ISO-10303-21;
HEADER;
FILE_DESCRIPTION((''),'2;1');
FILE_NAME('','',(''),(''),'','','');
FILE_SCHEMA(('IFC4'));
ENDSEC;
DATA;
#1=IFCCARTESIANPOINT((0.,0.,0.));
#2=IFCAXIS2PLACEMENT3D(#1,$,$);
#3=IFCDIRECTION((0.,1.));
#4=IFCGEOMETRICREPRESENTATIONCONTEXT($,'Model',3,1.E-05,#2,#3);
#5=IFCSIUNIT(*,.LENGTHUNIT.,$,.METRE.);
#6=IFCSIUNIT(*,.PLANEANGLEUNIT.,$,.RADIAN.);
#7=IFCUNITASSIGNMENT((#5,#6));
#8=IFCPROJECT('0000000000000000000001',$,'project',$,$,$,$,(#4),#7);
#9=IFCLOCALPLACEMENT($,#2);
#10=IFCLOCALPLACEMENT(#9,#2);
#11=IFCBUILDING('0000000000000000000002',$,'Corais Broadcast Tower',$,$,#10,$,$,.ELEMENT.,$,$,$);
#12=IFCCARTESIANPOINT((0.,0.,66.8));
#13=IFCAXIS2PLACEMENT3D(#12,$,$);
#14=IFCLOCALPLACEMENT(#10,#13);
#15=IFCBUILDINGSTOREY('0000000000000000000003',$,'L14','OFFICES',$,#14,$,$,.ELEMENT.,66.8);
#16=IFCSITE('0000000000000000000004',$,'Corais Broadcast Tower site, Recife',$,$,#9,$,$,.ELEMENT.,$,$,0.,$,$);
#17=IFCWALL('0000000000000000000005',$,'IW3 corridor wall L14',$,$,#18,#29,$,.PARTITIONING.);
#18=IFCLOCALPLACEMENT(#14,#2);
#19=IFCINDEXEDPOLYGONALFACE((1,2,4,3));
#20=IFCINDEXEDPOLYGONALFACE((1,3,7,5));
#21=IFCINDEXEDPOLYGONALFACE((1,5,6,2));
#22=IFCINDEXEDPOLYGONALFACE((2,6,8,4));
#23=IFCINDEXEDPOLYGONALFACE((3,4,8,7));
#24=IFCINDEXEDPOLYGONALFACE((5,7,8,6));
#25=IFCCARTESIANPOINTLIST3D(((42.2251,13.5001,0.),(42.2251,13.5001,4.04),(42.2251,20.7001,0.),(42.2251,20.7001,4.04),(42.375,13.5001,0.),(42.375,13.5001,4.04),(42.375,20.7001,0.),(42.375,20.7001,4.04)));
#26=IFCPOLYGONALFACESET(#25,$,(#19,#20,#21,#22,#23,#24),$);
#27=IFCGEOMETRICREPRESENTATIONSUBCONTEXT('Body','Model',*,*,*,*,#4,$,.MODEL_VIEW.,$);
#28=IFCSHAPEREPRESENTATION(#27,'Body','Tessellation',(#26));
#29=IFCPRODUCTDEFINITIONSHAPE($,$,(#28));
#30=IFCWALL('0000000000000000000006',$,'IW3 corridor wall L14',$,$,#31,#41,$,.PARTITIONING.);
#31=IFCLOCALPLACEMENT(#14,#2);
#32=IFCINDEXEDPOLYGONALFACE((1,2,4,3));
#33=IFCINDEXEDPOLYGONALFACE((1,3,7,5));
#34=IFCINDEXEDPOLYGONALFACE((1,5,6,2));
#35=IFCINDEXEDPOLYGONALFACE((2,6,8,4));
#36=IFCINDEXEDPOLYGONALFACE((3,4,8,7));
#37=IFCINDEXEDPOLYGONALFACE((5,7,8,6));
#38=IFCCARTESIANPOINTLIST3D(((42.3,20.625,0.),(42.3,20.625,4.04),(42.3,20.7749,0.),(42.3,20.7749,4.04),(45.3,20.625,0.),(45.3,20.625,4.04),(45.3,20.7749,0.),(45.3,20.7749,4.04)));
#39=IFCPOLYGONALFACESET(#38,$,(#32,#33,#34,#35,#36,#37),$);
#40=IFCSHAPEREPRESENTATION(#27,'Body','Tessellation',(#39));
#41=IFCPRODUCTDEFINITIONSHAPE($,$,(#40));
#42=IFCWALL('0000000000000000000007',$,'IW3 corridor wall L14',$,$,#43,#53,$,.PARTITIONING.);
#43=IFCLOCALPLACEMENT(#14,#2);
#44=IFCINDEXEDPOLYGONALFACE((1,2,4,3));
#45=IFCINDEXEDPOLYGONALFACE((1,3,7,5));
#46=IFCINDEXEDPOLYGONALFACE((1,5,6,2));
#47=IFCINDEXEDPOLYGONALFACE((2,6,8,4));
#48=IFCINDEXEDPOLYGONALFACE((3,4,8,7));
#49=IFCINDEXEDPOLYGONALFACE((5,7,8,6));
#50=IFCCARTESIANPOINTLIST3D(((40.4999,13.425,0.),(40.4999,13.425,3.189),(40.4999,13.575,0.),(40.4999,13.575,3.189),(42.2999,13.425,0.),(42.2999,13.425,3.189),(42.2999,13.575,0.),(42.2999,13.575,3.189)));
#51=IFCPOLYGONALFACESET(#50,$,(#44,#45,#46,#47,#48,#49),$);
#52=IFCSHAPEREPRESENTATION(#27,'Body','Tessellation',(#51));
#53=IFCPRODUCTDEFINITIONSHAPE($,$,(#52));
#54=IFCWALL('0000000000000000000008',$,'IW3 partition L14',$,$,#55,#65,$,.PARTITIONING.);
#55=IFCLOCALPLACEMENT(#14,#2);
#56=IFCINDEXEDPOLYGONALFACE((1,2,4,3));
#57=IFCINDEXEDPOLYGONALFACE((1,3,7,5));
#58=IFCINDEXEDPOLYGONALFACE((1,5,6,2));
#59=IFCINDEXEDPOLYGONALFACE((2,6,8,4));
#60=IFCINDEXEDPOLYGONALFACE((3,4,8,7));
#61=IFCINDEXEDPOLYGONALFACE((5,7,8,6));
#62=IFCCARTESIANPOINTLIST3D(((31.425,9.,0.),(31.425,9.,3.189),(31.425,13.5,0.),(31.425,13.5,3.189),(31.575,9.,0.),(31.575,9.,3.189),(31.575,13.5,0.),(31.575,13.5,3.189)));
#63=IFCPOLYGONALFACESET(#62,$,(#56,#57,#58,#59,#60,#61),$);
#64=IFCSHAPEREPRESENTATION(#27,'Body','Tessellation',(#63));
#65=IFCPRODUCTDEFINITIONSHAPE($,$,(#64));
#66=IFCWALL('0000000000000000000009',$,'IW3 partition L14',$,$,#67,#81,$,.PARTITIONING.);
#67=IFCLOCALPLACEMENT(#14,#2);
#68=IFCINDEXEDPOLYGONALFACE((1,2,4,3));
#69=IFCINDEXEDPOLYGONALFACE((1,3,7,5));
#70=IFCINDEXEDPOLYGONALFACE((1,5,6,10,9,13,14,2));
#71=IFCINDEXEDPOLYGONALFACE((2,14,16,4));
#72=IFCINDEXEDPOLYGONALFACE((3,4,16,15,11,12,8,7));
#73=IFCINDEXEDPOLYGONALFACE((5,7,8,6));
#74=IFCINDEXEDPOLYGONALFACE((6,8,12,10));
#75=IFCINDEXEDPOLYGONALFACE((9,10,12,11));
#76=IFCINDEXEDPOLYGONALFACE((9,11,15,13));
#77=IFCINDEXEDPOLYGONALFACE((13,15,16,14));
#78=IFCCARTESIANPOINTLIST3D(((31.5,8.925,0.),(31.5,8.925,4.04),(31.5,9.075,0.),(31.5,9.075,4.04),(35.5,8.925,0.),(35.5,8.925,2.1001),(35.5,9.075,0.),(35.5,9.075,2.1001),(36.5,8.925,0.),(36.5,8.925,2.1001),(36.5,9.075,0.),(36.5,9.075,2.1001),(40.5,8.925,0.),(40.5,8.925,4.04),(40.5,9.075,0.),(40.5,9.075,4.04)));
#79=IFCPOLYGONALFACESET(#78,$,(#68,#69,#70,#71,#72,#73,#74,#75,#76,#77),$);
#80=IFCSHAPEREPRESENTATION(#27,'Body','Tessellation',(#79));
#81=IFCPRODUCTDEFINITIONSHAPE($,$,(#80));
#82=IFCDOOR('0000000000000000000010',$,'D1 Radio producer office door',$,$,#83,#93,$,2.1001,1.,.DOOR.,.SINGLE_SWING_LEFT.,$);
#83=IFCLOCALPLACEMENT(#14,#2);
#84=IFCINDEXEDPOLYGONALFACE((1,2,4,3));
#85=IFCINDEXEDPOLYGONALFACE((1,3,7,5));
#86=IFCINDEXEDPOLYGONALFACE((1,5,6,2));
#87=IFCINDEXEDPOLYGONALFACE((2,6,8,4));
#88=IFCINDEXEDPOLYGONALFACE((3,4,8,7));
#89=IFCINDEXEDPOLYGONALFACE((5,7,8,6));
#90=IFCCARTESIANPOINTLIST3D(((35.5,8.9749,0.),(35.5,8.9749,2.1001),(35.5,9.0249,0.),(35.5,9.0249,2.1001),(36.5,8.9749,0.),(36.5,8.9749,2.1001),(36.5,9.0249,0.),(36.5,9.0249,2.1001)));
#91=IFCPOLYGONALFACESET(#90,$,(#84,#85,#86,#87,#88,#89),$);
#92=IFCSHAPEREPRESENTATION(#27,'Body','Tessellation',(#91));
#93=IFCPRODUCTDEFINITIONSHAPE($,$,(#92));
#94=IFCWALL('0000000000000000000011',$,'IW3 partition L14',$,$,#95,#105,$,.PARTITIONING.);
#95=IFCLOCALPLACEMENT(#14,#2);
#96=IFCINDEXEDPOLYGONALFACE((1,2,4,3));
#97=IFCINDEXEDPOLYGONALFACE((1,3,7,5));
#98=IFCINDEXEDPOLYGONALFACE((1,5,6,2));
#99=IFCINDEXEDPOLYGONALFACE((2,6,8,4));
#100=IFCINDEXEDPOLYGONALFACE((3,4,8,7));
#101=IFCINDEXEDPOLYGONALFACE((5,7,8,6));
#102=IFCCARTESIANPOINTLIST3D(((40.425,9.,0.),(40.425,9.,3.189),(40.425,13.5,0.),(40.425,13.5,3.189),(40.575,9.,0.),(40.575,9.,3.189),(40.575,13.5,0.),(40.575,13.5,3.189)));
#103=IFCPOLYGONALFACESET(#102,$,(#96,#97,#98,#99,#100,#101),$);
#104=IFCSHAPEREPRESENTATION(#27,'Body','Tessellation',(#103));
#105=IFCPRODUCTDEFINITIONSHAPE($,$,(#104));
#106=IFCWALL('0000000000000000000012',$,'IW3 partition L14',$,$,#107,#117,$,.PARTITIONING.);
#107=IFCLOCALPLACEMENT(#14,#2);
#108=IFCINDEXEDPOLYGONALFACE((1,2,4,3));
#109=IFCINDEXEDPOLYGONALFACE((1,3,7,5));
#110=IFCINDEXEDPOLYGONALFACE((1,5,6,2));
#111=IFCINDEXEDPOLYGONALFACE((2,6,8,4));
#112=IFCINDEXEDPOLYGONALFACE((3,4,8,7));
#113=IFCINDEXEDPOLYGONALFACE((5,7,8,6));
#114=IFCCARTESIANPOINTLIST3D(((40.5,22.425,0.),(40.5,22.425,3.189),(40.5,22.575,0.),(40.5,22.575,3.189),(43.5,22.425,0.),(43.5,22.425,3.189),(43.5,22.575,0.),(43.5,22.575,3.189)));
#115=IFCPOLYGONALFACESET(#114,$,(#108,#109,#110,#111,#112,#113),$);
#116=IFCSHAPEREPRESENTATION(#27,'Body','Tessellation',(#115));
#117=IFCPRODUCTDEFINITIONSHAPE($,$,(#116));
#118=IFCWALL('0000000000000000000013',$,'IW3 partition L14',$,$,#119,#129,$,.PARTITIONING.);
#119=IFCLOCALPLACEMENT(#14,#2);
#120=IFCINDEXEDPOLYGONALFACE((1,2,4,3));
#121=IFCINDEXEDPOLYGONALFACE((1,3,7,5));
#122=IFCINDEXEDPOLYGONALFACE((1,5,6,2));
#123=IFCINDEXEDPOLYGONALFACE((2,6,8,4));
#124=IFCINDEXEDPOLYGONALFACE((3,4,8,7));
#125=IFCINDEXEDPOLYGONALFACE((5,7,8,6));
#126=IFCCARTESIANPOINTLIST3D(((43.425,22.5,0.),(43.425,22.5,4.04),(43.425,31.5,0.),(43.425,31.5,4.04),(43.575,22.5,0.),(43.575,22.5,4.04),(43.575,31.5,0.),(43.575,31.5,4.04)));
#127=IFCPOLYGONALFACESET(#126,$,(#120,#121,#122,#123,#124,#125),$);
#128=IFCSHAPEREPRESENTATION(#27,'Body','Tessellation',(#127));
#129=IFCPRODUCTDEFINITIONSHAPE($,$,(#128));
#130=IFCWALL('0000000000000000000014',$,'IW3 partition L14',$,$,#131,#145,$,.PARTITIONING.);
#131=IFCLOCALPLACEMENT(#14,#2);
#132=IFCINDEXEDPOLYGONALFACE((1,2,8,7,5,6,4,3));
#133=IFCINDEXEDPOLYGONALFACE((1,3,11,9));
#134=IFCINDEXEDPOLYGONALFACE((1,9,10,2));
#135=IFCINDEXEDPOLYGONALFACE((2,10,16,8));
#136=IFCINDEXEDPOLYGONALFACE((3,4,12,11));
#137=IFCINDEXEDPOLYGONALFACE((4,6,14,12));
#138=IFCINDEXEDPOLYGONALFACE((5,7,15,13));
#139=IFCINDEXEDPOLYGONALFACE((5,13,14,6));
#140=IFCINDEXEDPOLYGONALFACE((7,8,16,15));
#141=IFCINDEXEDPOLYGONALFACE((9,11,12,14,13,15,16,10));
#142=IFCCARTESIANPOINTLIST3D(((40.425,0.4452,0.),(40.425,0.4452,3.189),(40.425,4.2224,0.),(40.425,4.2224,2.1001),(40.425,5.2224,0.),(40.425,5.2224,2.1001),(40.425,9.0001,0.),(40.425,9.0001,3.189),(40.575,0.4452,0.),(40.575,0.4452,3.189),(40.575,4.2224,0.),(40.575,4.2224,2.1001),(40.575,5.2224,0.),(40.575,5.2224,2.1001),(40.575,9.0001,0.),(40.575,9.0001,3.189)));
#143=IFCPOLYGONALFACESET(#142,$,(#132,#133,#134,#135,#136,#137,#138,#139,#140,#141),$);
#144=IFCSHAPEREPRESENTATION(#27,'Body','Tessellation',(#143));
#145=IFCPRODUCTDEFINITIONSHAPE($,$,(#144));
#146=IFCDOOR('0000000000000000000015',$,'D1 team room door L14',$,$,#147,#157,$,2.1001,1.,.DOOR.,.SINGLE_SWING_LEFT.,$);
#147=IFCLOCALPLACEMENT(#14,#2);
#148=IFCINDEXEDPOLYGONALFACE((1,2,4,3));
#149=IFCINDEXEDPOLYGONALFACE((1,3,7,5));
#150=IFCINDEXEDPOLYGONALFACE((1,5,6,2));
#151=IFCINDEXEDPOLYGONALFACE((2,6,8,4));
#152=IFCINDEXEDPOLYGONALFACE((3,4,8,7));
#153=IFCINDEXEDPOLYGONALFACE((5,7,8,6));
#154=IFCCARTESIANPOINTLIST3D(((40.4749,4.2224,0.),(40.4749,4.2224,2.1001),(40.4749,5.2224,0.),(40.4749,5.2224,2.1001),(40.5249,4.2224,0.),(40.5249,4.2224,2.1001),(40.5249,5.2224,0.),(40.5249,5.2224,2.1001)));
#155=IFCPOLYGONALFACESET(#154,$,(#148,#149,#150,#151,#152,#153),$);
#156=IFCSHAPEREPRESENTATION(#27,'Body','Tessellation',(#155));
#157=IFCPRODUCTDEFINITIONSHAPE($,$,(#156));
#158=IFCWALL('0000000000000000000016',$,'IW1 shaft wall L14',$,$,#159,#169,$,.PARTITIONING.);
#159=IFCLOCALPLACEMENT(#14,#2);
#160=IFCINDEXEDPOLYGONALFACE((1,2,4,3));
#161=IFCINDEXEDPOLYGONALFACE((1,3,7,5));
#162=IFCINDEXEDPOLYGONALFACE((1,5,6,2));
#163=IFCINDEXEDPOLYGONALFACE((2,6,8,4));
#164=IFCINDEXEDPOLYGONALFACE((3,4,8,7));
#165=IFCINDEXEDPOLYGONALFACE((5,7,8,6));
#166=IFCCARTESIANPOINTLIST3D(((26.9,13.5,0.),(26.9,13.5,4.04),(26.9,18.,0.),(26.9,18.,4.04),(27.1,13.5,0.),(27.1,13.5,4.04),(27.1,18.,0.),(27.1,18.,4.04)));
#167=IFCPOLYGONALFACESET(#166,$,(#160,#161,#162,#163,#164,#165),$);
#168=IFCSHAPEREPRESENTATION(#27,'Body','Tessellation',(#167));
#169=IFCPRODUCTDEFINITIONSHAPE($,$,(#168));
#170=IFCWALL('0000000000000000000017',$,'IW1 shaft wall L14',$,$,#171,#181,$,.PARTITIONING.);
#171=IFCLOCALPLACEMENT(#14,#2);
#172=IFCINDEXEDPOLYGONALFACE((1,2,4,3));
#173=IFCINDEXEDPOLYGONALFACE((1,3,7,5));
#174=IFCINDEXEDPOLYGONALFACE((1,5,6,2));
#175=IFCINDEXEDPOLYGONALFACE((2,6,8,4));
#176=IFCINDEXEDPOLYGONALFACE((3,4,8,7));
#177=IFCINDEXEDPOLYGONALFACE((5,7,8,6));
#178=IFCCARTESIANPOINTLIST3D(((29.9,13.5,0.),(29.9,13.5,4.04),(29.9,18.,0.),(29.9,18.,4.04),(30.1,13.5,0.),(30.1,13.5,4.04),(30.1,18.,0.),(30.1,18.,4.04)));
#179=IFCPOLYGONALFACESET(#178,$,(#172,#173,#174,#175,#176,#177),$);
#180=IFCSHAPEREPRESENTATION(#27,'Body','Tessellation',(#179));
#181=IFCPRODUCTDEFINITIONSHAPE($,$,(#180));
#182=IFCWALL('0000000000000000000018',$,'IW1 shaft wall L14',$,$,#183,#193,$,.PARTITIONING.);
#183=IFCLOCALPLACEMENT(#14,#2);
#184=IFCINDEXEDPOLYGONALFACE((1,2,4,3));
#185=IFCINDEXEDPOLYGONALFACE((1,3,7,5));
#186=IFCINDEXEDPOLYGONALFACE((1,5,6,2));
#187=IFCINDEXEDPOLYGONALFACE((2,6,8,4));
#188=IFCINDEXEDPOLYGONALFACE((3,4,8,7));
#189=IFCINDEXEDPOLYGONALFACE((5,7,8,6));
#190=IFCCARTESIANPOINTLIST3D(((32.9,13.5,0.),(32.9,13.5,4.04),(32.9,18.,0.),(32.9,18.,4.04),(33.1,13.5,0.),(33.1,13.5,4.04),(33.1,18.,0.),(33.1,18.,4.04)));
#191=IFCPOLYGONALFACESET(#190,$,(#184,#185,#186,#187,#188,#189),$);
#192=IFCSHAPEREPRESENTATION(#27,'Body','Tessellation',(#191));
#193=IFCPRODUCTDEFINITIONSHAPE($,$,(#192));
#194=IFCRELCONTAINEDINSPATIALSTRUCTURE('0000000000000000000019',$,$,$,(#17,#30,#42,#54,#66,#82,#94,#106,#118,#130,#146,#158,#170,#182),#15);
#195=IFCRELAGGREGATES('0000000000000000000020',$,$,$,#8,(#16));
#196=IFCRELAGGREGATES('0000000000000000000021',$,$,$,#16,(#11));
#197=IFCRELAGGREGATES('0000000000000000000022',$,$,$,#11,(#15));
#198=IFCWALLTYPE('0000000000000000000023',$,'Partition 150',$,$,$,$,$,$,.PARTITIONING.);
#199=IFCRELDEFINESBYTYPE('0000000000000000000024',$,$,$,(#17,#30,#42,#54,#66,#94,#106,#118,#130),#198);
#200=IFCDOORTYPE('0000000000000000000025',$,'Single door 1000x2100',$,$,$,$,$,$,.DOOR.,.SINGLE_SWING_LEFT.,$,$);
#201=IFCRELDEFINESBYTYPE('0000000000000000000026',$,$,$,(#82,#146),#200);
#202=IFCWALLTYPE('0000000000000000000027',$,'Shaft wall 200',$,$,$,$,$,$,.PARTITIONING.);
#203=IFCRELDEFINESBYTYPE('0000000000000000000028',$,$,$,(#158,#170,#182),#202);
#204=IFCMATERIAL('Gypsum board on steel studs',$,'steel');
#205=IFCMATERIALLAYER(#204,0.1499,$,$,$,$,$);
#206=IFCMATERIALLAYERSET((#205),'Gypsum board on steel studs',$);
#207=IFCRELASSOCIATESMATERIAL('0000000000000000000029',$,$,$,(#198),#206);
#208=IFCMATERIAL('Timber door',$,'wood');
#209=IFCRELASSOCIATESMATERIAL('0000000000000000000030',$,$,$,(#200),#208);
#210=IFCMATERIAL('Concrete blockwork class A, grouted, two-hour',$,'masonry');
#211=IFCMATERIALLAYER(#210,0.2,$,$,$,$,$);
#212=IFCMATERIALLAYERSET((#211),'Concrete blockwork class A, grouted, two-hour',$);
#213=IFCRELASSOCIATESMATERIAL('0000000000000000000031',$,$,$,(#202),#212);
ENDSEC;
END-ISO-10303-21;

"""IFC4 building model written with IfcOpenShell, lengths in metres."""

from ifc_helpers import new_model, si_unit, direction, frame, frame_2d, origin, place, context, subcontext, project, spatial, rectangle, extrude, material, layer, layer_set, type_object, element, fill, save


model = new_model("IFC4")

# Units and contexts
model_context = context("Model", 3, precision=1e-05, world=origin(), true_north=direction((0.0, 1.0)))
body_context = subcontext(model_context, "Body", "Model", "MODEL_VIEW")
ifc_project = project(units=[si_unit("LENGTHUNIT", "METRE"), si_unit("PLANEANGLEUNIT", "RADIAN")], contexts=[model_context])

# Site, building, storey
site_placement = place(None, origin())
site = spatial("IfcSite", under=ifc_project, at=site_placement, Name="Corais Broadcast Tower site, Recife", CompositionType="ELEMENT", RefElevation=0.0)
building_placement = place(site_placement, origin())
building = spatial("IfcBuilding", under=site, at=building_placement, Name="Corais Broadcast Tower", CompositionType="ELEMENT")
storey_placement = place(building_placement, frame((0.0, 0.0, 66.8)))
storey = spatial("IfcBuildingStorey", under=building, at=storey_placement, Name="L14", Description="OFFICES", CompositionType="ELEMENT", Elevation=66.8)

# Walls
ifc_material_1 = material(Name="Gypsum board on steel studs", Category="steel")
ifc_layer_1 = layer(ifc_material_1, 0.1499)
ifc_layer_set_1 = layer_set([ifc_layer_1], Name="Gypsum board on steel studs")
wall_type_1 = type_object("IfcWallType", Name="Partition 150", PredefinedType="PARTITIONING", material=ifc_layer_set_1)
wall_1_placement = place(storey_placement, frame((42.3, 13.5, 0.0), z_axis=(0.0, 0.0, 1.0), x_axis=(0.0, 1.0, 0.0)))
element("IfcWall", 1, at=wall_1_placement, inside=storey, type_object=wall_type_1, Name="IW3 corridor wall L14", PredefinedType="PARTITIONING", context=body_context, shape_type="SweptSolid", body=[
    extrude(rectangle(XDim=7.2, YDim=0.1499, at=frame_2d((3.6001, 0.0))), origin(), (0.0, 0.0, 1.0), 4.04),
])
wall_2_placement = place(storey_placement, frame((42.3, 20.7, 0.0), z_axis=(0.0, 0.0, 1.0), x_axis=(1.0, 0.0, 0.0)))
element("IfcWall", 2, at=wall_2_placement, inside=storey, type_object=wall_type_1, Name="IW3 corridor wall L14", PredefinedType="PARTITIONING", context=body_context, shape_type="SweptSolid", body=[
    extrude(rectangle(XDim=3.0, YDim=0.1499, at=frame_2d((1.5, 0.0))), origin(), (0.0, 0.0, 1.0), 4.04),
])
wall_3_placement = place(storey_placement, frame((40.5, 13.5, 0.0), z_axis=(0.0, 0.0, 1.0), x_axis=(1.0, 0.0, 0.0)))
element("IfcWall", 3, at=wall_3_placement, inside=storey, type_object=wall_type_1, Name="IW3 corridor wall L14", PredefinedType="PARTITIONING", context=body_context, shape_type="SweptSolid", body=[
    extrude(rectangle(XDim=1.8, YDim=0.1499, at=frame_2d((0.8999, 0.0))), origin(), (0.0, 0.0, 1.0), 3.189),
])
wall_4_placement = place(storey_placement, frame((31.5, 9.0, 0.0), z_axis=(0.0, 0.0, 1.0), x_axis=(0.0, 1.0, 0.0)))
element("IfcWall", 4, at=wall_4_placement, inside=storey, type_object=wall_type_1, Name="IW3 partition L14", PredefinedType="PARTITIONING", context=body_context, shape_type="SweptSolid", body=[
    extrude(rectangle(XDim=4.5, YDim=0.1499, at=frame_2d((2.25, 0.0))), origin(), (0.0, 0.0, 1.0), 3.189),
])

# Wall, opening, door
wall_5_placement = place(storey_placement, frame((31.5, 9.0, 0.0), z_axis=(0.0, 0.0, 1.0), x_axis=(1.0, 0.0, 0.0)))
wall_5 = element("IfcWall", 5, at=wall_5_placement, inside=storey, type_object=wall_type_1, Name="IW3 partition L14", PredefinedType="PARTITIONING", context=body_context, shape_type="SweptSolid", body=[
    extrude(rectangle(XDim=9.0, YDim=0.1499, at=frame_2d((4.5, 0.0))), origin(), (0.0, 0.0, 1.0), 4.04),
])
opening_1_placement = place(wall_5_placement, frame((4.0, 0.0, 0.0)))
opening_1 = element("IfcOpeningElement", 6, at=opening_1_placement, cuts=wall_5, PredefinedType="OPENING", context=body_context, shape_type="SweptSolid", body=[
    extrude(rectangle(XDim=1.0, YDim=2.1001, at=frame_2d((0.5, 1.05))), frame((0.0, 0.085, 0.0), z_axis=(0.0, -1.0, 0.0), x_axis=(1.0, 0.0, 0.0)), (0.0, 0.0, 1.0), 0.1699),
])
ifc_material_2 = material(Name="Timber door", Category="wood")
door_type_1 = type_object("IfcDoorType", Name="Single door 1000x2100", OperationType="SINGLE_SWING_LEFT", PredefinedType="DOOR", material=ifc_material_2)
door_1_placement = place(opening_1_placement, origin())
door_1 = element("IfcDoor", 7, at=door_1_placement, inside=storey, type_object=door_type_1, Name="D1 Radio producer office door", OperationType="SINGLE_SWING_LEFT", OverallHeight=2.1001, OverallWidth=1.0, PredefinedType="DOOR", context=body_context, shape_type="SweptSolid", body=[
    extrude(rectangle(XDim=1.0, YDim=2.1001, at=frame_2d((0.5, 1.05))), frame((0.0, 0.0249, 0.0), z_axis=(0.0, -1.0, 0.0), x_axis=(1.0, 0.0, 0.0)), (0.0, 0.0, 1.0), 0.05),
])
fill(opening_1, door_1)

# Walls
wall_6_placement = place(storey_placement, frame((40.5, 9.0, 0.0), z_axis=(0.0, 0.0, 1.0), x_axis=(0.0, 1.0, 0.0)))
element("IfcWall", 8, at=wall_6_placement, inside=storey, type_object=wall_type_1, Name="IW3 partition L14", PredefinedType="PARTITIONING", context=body_context, shape_type="SweptSolid", body=[
    extrude(rectangle(XDim=4.5, YDim=0.1499, at=frame_2d((2.25, 0.0))), origin(), (0.0, 0.0, 1.0), 3.189),
])
wall_7_placement = place(storey_placement, frame((40.5, 22.5, 0.0), z_axis=(0.0, 0.0, 1.0), x_axis=(1.0, 0.0, 0.0)))
element("IfcWall", 9, at=wall_7_placement, inside=storey, type_object=wall_type_1, Name="IW3 partition L14", PredefinedType="PARTITIONING", context=body_context, shape_type="SweptSolid", body=[
    extrude(rectangle(XDim=3.0, YDim=0.1499, at=frame_2d((1.5, 0.0))), origin(), (0.0, 0.0, 1.0), 3.189),
])
wall_8_placement = place(storey_placement, frame((43.5, 22.5, 0.0), z_axis=(0.0, 0.0, 1.0), x_axis=(0.0, 1.0, 0.0)))
element("IfcWall", 10, at=wall_8_placement, inside=storey, type_object=wall_type_1, Name="IW3 partition L14", PredefinedType="PARTITIONING", context=body_context, shape_type="SweptSolid", body=[
    extrude(rectangle(XDim=9.0, YDim=0.1499, at=frame_2d((4.5, 0.0))), origin(), (0.0, 0.0, 1.0), 4.04),
])

# Wall, opening, door
wall_9_placement = place(storey_placement, frame((40.5, 9.0, 0.0), z_axis=(0.0, 0.0, 1.0), x_axis=(0.0, -1.0, 0.0)))
wall_9 = element("IfcWall", 11, at=wall_9_placement, inside=storey, type_object=wall_type_1, Name="IW3 partition L14", PredefinedType="PARTITIONING", context=body_context, shape_type="SweptSolid", body=[
    extrude(rectangle(XDim=8.5549, YDim=0.1499, at=frame_2d((4.2773, 0.0))), origin(), (0.0, 0.0, 1.0), 3.189),
])
opening_2_placement = place(wall_9_placement, frame((3.7776, 0.0, 0.0)))
opening_2 = element("IfcOpeningElement", 12, at=opening_2_placement, cuts=wall_9, PredefinedType="OPENING", context=body_context, shape_type="SweptSolid", body=[
    extrude(rectangle(XDim=1.0, YDim=2.1001, at=frame_2d((0.5, 1.05))), frame((0.0, 0.085, 0.0), z_axis=(0.0, -1.0, 0.0), x_axis=(1.0, 0.0, 0.0)), (0.0, 0.0, 1.0), 0.1699),
])
door_2_placement = place(opening_2_placement, origin())
door_2 = element("IfcDoor", 13, at=door_2_placement, inside=storey, type_object=door_type_1, Name="D1 team room door L14", OperationType="SINGLE_SWING_LEFT", OverallHeight=2.1001, OverallWidth=1.0, PredefinedType="DOOR", context=body_context, shape_type="SweptSolid", body=[
    extrude(rectangle(XDim=1.0, YDim=2.1001, at=frame_2d((0.5, 1.05))), frame((0.0, 0.0249, 0.0), z_axis=(0.0, -1.0, 0.0), x_axis=(1.0, 0.0, 0.0)), (0.0, 0.0, 1.0), 0.05),
])
fill(opening_2, door_2)

# Walls
ifc_material_3 = material(Name="Concrete blockwork class A, grouted, two-hour", Category="masonry")
ifc_layer_2 = layer(ifc_material_3, 0.2)
ifc_layer_set_2 = layer_set([ifc_layer_2], Name="Concrete blockwork class A, grouted, two-hour")
wall_type_2 = type_object("IfcWallType", Name="Shaft wall 200", PredefinedType="PARTITIONING", material=ifc_layer_set_2)
for number, where, z_axis, x_axis, name in (
    (14, (27.0, 13.5, 0.0), (0.0, 0.0, 1.0), (0.0, 1.0, 0.0), "IW1 shaft wall L14"),
    (15, (30.0, 13.5, 0.0), (0.0, 0.0, 1.0), (0.0, 1.0, 0.0), "IW1 shaft wall L14"),
    (16, (33.0, 13.5, 0.0), (0.0, 0.0, 1.0), (0.0, 1.0, 0.0), "IW1 shaft wall L14"),
):
    element("IfcWall", number, at=place(storey_placement, frame(where, z_axis=z_axis, x_axis=x_axis)), inside=storey, type_object=wall_type_2, Name=name, PredefinedType="PARTITIONING", context=body_context, shape_type="SweptSolid", body=[
        extrude(rectangle(XDim=4.5, YDim=0.2, at=frame_2d((2.25, 0.0))), origin(), (0.0, 0.0, 1.0), 4.04),
    ])

save(model, "model.ifc")
